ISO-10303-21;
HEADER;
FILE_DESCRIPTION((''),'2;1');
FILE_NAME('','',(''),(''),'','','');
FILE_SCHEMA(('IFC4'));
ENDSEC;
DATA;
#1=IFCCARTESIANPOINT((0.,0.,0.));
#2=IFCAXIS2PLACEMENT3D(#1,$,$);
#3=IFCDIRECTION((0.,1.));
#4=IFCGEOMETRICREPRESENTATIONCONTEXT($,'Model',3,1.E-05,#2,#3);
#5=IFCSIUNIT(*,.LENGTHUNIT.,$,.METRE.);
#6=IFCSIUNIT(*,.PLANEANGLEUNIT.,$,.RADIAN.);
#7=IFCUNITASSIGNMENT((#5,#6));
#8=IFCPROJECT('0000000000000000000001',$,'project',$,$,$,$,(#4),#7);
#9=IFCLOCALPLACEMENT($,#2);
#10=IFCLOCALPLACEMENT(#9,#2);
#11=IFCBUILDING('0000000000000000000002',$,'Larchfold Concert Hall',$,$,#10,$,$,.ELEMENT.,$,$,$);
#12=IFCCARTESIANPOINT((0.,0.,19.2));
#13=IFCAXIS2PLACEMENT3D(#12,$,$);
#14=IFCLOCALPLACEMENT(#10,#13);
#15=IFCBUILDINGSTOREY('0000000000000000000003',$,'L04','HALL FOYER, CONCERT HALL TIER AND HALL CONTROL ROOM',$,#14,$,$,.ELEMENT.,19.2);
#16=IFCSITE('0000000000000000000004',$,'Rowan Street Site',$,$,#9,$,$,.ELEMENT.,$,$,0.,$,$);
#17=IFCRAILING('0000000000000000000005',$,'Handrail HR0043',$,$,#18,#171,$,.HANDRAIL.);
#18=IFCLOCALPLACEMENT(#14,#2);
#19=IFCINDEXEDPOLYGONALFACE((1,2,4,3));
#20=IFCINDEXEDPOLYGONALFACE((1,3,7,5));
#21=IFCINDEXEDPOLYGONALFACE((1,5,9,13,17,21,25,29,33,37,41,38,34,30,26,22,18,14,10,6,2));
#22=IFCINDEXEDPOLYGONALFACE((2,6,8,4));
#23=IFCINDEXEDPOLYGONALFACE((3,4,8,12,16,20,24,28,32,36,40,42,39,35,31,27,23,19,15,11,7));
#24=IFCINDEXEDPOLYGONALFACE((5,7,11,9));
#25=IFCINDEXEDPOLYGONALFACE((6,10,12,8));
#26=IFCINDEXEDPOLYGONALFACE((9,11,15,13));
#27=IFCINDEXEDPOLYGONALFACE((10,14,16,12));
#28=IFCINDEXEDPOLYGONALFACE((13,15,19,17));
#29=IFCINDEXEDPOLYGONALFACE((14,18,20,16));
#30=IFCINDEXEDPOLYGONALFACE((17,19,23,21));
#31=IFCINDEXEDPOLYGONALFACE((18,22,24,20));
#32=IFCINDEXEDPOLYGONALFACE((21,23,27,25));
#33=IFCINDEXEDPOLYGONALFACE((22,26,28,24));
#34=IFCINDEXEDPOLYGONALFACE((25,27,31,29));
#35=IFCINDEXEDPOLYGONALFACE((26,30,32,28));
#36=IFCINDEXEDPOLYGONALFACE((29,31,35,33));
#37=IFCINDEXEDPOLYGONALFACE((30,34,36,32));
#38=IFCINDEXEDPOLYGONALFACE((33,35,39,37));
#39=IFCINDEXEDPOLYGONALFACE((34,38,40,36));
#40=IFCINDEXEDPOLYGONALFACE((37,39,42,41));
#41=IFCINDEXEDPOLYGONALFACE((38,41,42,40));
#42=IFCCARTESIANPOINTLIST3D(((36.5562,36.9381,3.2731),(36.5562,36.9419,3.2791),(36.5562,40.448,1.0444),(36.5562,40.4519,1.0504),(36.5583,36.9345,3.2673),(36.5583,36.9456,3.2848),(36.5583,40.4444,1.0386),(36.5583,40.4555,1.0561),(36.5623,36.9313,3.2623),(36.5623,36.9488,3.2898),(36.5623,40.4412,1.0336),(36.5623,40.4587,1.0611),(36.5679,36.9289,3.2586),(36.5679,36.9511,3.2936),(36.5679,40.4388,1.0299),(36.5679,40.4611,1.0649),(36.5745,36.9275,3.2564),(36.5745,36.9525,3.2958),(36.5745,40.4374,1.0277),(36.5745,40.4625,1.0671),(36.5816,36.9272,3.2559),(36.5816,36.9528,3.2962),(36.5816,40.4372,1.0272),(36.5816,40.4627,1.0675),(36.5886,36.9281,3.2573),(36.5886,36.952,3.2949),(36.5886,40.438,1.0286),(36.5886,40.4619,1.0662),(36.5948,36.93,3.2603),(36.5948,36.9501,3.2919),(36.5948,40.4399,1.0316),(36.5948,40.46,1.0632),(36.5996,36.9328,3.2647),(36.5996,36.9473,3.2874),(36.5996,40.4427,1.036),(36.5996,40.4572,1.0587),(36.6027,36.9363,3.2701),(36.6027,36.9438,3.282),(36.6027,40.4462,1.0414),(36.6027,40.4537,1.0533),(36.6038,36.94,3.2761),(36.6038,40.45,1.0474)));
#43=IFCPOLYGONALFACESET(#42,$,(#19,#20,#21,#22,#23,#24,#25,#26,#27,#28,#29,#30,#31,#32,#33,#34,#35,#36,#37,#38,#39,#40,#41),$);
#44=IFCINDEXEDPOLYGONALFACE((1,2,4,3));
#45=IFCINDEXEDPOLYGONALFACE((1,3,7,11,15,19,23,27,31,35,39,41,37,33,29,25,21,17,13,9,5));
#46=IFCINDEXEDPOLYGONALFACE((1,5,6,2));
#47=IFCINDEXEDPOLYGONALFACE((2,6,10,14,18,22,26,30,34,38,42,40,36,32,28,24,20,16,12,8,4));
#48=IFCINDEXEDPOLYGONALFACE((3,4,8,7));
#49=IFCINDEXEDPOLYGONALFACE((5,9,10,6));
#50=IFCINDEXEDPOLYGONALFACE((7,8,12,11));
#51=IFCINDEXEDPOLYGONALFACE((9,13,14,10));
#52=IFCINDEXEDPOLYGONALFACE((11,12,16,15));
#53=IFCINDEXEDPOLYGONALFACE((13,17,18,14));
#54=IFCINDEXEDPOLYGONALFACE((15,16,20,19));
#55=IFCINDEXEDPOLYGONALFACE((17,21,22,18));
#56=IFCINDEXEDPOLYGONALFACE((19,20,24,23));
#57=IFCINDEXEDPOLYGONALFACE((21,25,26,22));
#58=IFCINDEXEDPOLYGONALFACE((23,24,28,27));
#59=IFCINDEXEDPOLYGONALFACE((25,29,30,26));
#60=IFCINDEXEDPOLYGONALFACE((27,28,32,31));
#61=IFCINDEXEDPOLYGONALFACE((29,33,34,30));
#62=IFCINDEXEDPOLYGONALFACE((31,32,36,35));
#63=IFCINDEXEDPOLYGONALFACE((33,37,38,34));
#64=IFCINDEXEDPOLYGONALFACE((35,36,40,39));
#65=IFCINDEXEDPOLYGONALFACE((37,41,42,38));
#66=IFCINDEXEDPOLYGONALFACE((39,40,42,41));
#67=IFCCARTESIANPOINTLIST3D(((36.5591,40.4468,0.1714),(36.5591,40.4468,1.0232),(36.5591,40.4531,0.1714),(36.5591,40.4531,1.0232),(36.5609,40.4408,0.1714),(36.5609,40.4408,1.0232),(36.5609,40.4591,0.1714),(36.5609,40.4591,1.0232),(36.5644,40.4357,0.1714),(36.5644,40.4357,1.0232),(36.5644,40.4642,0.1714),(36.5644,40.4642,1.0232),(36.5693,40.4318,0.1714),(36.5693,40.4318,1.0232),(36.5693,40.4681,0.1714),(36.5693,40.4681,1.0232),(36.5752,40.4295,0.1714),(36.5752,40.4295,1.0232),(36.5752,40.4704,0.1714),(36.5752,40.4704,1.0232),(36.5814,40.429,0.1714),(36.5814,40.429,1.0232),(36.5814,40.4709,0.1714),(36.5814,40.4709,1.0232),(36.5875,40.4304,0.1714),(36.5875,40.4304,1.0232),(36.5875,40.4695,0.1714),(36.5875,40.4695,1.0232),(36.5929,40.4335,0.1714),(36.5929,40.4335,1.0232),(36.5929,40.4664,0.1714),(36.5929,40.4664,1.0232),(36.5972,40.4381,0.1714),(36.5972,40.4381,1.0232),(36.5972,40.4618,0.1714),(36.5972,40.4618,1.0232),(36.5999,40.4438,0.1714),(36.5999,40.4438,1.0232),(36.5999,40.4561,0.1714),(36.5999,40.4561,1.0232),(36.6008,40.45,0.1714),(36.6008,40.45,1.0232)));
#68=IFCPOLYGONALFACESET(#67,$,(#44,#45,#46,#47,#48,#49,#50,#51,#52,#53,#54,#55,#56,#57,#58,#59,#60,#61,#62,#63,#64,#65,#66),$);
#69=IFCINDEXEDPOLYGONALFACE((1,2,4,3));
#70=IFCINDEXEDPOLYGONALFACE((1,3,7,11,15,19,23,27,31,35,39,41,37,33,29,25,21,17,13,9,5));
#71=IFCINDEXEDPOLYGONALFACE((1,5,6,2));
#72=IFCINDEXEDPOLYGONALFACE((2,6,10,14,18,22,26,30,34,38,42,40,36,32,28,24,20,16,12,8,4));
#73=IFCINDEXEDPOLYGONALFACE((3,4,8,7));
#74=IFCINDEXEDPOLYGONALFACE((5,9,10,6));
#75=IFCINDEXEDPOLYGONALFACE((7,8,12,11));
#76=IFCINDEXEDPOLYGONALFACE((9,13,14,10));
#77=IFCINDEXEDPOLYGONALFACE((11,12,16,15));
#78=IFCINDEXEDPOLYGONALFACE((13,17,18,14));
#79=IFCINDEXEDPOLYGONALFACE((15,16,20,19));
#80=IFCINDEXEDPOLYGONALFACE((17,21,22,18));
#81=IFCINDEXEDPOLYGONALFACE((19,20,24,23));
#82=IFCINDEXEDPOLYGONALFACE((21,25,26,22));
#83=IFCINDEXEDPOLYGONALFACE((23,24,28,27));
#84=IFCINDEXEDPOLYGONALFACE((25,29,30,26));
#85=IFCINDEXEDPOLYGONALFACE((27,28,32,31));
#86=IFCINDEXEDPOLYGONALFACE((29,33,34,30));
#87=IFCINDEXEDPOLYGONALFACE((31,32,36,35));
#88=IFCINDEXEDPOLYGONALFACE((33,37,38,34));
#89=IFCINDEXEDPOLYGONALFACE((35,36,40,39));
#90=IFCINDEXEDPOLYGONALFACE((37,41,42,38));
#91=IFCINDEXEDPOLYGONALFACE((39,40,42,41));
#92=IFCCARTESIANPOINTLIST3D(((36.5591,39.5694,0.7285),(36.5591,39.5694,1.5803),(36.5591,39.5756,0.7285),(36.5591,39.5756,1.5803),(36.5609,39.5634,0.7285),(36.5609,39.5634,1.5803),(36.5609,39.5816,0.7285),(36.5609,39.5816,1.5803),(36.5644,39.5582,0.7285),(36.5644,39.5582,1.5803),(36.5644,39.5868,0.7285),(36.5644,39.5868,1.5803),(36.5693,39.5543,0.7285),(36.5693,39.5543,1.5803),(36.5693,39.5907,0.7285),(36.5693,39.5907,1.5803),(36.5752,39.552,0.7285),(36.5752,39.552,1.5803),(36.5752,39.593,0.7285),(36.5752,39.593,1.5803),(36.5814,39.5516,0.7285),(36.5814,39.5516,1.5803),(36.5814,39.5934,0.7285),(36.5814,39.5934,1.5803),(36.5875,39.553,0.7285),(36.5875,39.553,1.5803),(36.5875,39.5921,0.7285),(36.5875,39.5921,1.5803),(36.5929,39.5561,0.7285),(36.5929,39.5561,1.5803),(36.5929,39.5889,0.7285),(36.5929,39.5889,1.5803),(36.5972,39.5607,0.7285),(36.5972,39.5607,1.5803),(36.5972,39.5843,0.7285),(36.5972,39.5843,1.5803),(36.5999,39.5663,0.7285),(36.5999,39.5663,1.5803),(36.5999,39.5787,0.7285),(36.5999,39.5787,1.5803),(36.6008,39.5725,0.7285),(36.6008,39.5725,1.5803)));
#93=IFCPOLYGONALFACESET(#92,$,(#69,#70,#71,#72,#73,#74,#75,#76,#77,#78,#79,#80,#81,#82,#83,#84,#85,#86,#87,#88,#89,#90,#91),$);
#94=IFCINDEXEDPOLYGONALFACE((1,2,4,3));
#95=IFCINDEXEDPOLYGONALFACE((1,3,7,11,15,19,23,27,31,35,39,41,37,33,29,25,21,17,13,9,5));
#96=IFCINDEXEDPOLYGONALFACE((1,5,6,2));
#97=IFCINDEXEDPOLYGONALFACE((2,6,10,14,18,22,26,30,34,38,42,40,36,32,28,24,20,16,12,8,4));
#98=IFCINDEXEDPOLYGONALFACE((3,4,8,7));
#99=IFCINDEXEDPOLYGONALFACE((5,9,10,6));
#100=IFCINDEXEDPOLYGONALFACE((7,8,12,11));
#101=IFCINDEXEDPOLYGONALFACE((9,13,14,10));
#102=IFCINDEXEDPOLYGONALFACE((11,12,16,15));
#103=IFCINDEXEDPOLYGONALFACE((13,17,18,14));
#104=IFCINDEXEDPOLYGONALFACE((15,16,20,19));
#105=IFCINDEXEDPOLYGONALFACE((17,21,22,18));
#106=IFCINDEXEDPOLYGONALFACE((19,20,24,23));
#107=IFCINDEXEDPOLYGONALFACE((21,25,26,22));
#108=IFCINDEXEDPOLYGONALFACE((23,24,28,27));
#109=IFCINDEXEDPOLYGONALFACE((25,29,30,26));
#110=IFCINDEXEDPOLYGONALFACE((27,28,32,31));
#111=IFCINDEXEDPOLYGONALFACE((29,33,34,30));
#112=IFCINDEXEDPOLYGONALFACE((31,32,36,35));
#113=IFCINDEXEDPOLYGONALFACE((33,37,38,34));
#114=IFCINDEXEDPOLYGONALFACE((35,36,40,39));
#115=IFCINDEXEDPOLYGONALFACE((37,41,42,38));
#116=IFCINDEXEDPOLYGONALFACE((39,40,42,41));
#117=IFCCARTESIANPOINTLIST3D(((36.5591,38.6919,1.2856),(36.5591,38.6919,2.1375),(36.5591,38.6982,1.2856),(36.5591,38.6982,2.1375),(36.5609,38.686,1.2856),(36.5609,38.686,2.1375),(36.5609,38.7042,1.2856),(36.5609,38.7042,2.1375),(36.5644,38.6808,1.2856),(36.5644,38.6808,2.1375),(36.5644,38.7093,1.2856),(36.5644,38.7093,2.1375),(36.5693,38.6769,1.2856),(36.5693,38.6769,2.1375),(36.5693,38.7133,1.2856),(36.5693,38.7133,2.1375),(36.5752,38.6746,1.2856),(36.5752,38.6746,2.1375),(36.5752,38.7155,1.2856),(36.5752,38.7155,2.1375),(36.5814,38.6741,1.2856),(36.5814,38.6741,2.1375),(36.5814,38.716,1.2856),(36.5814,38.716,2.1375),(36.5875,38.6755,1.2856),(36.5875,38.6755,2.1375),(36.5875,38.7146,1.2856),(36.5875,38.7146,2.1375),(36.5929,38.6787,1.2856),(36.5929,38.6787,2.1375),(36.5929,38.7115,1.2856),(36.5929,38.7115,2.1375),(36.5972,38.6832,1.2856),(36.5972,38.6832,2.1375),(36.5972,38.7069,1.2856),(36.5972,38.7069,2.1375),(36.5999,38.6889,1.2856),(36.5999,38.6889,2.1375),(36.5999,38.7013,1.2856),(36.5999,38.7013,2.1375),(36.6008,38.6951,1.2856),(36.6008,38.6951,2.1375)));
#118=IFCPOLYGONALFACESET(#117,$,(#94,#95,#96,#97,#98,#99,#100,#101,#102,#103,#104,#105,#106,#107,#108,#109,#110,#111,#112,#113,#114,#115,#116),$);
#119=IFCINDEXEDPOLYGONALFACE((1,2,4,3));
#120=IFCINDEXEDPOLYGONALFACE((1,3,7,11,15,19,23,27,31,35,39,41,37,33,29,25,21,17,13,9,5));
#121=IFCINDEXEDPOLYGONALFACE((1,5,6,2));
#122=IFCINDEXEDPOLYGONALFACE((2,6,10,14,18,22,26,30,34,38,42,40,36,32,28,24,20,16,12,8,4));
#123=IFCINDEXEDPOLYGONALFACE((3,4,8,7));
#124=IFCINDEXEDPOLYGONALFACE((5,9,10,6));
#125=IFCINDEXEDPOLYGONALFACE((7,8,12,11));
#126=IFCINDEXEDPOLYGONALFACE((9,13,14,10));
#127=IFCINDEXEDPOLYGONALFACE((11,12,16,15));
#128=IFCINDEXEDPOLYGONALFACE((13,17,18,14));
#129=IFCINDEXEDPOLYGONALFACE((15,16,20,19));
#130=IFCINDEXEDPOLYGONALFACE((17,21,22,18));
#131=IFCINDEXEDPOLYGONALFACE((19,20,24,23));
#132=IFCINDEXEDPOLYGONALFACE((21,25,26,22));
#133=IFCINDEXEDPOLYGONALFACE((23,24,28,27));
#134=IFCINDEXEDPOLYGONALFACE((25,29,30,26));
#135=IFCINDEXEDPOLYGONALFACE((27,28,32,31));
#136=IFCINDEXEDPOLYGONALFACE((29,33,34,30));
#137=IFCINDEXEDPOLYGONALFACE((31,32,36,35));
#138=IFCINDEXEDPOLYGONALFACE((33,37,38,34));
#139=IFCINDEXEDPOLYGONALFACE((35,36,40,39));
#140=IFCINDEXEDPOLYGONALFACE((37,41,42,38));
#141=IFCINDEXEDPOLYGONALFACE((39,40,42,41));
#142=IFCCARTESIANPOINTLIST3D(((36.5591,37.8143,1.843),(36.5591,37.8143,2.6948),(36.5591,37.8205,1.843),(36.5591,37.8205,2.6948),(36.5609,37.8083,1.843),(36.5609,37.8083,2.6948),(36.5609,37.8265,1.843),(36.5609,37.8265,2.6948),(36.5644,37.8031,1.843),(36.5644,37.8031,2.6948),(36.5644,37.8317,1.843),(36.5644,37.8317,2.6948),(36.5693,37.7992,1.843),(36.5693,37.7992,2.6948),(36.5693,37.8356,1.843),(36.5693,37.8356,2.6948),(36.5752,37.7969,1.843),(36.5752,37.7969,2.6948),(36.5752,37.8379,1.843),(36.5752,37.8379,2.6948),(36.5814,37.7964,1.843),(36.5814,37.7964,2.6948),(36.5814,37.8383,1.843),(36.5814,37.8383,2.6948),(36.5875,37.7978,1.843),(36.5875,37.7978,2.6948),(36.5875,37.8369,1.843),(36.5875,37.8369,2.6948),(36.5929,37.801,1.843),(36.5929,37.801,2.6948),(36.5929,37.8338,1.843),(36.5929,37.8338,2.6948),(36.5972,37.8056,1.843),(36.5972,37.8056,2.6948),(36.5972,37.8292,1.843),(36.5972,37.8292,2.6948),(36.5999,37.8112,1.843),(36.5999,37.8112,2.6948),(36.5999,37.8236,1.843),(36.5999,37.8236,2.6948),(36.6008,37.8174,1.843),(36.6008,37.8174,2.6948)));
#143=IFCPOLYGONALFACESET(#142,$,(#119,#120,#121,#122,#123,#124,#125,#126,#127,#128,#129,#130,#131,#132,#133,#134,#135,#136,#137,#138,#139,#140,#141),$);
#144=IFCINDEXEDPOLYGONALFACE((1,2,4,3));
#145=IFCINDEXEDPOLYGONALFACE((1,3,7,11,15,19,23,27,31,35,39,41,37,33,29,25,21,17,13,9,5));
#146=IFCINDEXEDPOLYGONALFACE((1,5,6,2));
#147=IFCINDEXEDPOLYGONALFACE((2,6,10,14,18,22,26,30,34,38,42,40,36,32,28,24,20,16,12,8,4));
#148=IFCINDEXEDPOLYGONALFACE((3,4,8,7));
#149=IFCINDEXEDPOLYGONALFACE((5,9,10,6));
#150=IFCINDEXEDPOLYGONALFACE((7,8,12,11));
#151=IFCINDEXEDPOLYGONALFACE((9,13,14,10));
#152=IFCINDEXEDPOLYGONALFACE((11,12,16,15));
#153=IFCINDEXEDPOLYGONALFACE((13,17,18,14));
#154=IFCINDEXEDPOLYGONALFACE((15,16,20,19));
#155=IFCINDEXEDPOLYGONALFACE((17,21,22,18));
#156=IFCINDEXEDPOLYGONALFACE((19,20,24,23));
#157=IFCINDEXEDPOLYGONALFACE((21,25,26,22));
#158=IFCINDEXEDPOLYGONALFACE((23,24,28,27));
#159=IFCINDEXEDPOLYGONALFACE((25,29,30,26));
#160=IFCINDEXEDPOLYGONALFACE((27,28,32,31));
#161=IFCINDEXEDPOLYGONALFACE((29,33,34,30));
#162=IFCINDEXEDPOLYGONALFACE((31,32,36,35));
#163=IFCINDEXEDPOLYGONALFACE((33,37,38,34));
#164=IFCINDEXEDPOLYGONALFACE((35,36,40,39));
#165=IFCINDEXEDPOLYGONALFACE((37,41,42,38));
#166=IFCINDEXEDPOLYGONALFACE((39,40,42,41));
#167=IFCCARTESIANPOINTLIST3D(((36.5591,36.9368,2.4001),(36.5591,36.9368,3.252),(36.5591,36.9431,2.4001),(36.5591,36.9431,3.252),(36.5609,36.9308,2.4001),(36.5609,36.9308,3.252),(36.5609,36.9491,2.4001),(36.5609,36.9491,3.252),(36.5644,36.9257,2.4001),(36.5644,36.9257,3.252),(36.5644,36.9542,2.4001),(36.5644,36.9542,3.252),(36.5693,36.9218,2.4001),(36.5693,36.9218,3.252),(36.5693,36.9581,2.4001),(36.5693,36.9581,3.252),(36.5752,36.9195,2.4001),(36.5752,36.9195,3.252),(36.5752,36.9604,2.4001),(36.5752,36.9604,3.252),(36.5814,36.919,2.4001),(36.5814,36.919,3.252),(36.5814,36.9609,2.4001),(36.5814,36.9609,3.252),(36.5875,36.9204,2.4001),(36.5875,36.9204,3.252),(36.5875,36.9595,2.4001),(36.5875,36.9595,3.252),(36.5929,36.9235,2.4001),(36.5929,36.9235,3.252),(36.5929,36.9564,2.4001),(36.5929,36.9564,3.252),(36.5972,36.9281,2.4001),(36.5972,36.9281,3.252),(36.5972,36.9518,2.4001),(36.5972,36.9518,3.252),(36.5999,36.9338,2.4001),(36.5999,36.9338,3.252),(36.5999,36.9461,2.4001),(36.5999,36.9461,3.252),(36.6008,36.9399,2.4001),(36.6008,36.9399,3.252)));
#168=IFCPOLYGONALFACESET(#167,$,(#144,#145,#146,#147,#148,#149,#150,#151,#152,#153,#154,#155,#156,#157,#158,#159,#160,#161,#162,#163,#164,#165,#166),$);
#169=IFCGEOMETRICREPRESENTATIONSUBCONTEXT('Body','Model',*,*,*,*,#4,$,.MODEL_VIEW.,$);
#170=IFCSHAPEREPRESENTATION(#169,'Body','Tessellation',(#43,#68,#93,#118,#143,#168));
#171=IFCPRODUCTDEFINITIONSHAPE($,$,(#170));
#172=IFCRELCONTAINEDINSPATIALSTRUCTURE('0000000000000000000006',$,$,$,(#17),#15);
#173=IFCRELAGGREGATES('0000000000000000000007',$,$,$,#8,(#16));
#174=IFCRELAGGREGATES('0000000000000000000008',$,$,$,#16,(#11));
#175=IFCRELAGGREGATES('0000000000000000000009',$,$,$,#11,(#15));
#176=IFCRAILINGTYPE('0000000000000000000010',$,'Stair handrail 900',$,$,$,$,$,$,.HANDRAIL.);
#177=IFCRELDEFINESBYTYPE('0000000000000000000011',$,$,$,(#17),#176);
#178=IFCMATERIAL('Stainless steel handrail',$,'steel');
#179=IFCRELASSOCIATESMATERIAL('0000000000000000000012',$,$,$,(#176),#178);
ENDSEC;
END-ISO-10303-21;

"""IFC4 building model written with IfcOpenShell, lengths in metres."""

from ifc_helpers import new_model, si_unit, direction, frame, origin, origin_2d, place, context, subcontext, project, spatial, circle, extrude, material, type_object, element, save


model = new_model("IFC4")

# Units and contexts
model_context = context("Model", 3, precision=1e-05, world=origin(), true_north=direction((0.0, 1.0)))
body_context = subcontext(model_context, "Body", "Model", "MODEL_VIEW")
ifc_project = project(units=[si_unit("LENGTHUNIT", "METRE"), si_unit("PLANEANGLEUNIT", "RADIAN")], contexts=[model_context])

# Site, building, storey
site_placement = place(None, origin())
site = spatial("IfcSite", under=ifc_project, at=site_placement, Name="Rowan Street Site", CompositionType="ELEMENT", RefElevation=0.0)
building_placement = place(site_placement, origin())
building = spatial("IfcBuilding", under=site, at=building_placement, Name="Larchfold Concert Hall", CompositionType="ELEMENT")
storey_placement = place(building_placement, frame((0.0, 0.0, 19.2)))
storey = spatial("IfcBuildingStorey", under=building, at=storey_placement, Name="L04", Description="HALL FOYER, CONCERT HALL TIER AND HALL CONTROL ROOM", CompositionType="ELEMENT", Elevation=19.2)

# Railing
ifc_material_1 = material(Name="Stainless steel handrail", Category="steel")
railing_type_1 = type_object("IfcRailingType", Name="Stair handrail 900", PredefinedType="HANDRAIL", material=ifc_material_1)
for number, where, name in (
    (1, (36.5798, 40.45, 0.1714), "Handrail HR0043"),
):
    element("IfcRailing", number, at=place(storey_placement, frame(where)), inside=storey, type_object=railing_type_1, Name=name, PredefinedType="HANDRAIL", context=body_context, shape_type="SweptSolid", body=[
        extrude(circle(Radius=0.0239, at=origin_2d()), frame((0.0, 0.0, 0.876), z_axis=(0.0, -0.844193, 0.536039), x_axis=(1.0, 0.0, 0.0)), (0.0, 0.0, 1.0), 4.1577),
        extrude(circle(Radius=0.021, at=origin_2d()), origin(), (0.0, 0.0, 1.0), 0.8518),
        extrude(circle(Radius=0.021, at=origin_2d()), frame((0.0, -0.8774, 0.5571)), (0.0, 0.0, 1.0), 0.8518),
        extrude(circle(Radius=0.021, at=origin_2d()), frame((0.0, -1.7549, 1.1143)), (0.0, 0.0, 1.0), 0.8518),
        extrude(circle(Radius=0.021, at=origin_2d()), frame((0.0, -2.6326, 1.6716)), (0.0, 0.0, 1.0), 0.8518),
        extrude(circle(Radius=0.021, at=origin_2d()), frame((0.0, -3.51, 2.2288)), (0.0, 0.0, 1.0), 0.8518),
    ])

save(model, "model.ifc")
